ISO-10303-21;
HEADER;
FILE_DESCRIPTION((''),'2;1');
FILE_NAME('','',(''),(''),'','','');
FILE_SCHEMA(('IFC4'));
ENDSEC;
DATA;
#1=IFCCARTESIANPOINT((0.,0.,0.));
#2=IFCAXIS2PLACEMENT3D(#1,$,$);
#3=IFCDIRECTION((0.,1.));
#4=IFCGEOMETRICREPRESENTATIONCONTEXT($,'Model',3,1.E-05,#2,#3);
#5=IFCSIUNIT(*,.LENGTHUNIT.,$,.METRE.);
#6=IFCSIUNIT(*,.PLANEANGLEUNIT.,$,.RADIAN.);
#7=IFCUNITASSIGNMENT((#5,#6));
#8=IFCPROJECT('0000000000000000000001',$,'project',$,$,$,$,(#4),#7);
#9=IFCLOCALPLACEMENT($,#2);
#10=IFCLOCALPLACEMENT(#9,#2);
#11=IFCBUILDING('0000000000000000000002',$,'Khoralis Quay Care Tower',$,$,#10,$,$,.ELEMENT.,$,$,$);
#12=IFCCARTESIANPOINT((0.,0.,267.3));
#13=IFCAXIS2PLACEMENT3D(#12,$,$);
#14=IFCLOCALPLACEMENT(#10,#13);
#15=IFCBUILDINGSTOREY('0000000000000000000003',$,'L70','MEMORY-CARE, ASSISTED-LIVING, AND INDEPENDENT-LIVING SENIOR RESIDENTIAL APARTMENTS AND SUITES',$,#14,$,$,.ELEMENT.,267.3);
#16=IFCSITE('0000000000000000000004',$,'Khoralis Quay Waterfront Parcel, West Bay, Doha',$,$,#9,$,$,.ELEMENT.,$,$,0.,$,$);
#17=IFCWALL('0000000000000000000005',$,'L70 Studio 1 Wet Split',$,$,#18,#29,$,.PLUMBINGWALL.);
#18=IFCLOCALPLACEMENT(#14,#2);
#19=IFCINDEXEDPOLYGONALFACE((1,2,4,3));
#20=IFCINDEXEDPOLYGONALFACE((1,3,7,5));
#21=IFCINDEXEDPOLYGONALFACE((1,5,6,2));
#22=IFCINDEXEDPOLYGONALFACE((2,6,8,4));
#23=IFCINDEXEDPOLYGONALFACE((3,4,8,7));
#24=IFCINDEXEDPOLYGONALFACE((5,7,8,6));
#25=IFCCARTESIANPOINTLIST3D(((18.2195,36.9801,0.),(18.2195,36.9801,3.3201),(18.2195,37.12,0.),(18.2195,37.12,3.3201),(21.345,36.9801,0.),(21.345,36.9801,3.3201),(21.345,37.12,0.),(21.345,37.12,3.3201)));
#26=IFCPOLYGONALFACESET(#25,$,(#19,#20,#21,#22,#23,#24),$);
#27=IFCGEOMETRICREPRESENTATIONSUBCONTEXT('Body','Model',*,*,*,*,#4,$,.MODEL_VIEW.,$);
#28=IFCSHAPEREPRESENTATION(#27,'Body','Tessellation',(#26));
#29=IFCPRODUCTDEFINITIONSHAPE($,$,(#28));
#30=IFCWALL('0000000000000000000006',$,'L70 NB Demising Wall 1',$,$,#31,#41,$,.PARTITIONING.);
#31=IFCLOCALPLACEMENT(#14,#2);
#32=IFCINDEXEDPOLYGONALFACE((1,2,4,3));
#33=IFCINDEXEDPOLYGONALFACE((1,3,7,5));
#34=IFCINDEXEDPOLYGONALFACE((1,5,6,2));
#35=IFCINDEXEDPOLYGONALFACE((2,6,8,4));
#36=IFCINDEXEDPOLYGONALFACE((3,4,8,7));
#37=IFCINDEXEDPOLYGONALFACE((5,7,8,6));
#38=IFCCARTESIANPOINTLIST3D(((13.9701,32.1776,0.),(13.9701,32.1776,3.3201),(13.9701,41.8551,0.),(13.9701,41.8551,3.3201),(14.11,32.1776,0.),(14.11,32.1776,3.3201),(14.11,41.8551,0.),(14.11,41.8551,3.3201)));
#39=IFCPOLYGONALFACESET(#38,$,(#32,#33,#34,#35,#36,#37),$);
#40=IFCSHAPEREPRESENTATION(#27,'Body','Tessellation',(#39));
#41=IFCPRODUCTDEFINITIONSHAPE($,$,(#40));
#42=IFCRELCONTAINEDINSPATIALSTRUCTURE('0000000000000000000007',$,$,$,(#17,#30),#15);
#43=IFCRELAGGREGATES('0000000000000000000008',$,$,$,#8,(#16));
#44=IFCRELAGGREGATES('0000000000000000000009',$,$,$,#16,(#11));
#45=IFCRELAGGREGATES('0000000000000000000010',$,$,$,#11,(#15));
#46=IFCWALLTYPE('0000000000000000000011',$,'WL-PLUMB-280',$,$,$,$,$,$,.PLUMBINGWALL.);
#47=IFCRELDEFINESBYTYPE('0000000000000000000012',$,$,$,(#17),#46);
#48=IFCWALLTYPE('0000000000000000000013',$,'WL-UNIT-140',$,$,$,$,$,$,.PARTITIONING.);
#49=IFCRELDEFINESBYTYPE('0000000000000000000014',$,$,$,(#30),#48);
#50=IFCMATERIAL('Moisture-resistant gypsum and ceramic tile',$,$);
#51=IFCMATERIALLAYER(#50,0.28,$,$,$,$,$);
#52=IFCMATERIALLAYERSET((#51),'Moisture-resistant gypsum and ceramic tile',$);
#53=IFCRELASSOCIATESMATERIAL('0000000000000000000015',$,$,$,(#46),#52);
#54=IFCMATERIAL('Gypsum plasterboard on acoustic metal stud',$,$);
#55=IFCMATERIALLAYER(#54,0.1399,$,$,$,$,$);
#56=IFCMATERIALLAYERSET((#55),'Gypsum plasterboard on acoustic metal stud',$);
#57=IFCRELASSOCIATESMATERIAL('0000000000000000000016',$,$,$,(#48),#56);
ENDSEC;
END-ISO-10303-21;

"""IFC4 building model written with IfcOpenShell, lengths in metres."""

from ifc_helpers import new_model, si_unit, direction, frame, frame_2d, origin, place, context, subcontext, project, spatial, rectangle, extrude, material, layer, layer_set, type_object, element, save


model = new_model("IFC4")

# Units and contexts
model_context = context("Model", 3, precision=1e-05, world=origin(), true_north=direction((0.0, 1.0)))
body_context = subcontext(model_context, "Body", "Model", "MODEL_VIEW")
ifc_project = project(units=[si_unit("LENGTHUNIT", "METRE"), si_unit("PLANEANGLEUNIT", "RADIAN")], contexts=[model_context])

# Site, building, storey
site_placement = place(None, origin())
site = spatial("IfcSite", under=ifc_project, at=site_placement, Name="Khoralis Quay Waterfront Parcel, West Bay, Doha", CompositionType="ELEMENT", RefElevation=0.0)
building_placement = place(site_placement, origin())
building = spatial("IfcBuilding", under=site, at=building_placement, Name="Khoralis Quay Care Tower", CompositionType="ELEMENT")
storey_placement = place(building_placement, frame((0.0, 0.0, 267.3)))
storey = spatial("IfcBuildingStorey", under=building, at=storey_placement, Name="L70", Description="MEMORY-CARE, ASSISTED-LIVING, AND INDEPENDENT-LIVING SENIOR RESIDENTIAL APARTMENTS AND SUITES", CompositionType="ELEMENT", Elevation=267.3)

# Shared definitions
ifc_material_1 = material(Name="Gypsum plasterboard on acoustic metal stud")

# Walls
ifc_material_2 = material(Name="Moisture-resistant gypsum and ceramic tile")
ifc_layer_1 = layer(ifc_material_2, 0.28)
ifc_layer_set_1 = layer_set([ifc_layer_1], Name="Moisture-resistant gypsum and ceramic tile")
wall_type_1 = type_object("IfcWallType", Name="WL-PLUMB-280", PredefinedType="PLUMBINGWALL", material=ifc_layer_set_1)
wall_1_placement = place(storey_placement, frame((18.2195, 37.05, 0.0), z_axis=(0.0, 0.0, 1.0), x_axis=(1.0, 0.0, 0.0)))
element("IfcWall", 1, at=wall_1_placement, inside=storey, type_object=wall_type_1, Name="L70 Studio 1 Wet Split", PredefinedType="PLUMBINGWALL", context=body_context, shape_type="SweptSolid", body=[
    extrude(rectangle(XDim=3.1255, YDim=0.1399, at=frame_2d((1.5627, 0.0))), origin(), (0.0, 0.0, 1.0), 3.3201),
])
ifc_layer_2 = layer(ifc_material_1, 0.1399)
ifc_layer_set_2 = layer_set([ifc_layer_2], Name="Gypsum plasterboard on acoustic metal stud")
wall_type_2 = type_object("IfcWallType", Name="WL-UNIT-140", PredefinedType="PARTITIONING", material=ifc_layer_set_2)
wall_2_placement = place(storey_placement, frame((14.04, 32.1775, 0.0), z_axis=(0.0, 0.0, 1.0), x_axis=(0.0, 1.0, 0.0)))
element("IfcWall", 2, at=wall_2_placement, inside=storey, type_object=wall_type_2, Name="L70 NB Demising Wall 1", PredefinedType="PARTITIONING", context=body_context, shape_type="SweptSolid", body=[
    extrude(rectangle(XDim=9.6775, YDim=0.1399, at=frame_2d((4.8389, 0.0))), origin(), (0.0, 0.0, 1.0), 3.3201),
])

save(model, "model.ifc")
